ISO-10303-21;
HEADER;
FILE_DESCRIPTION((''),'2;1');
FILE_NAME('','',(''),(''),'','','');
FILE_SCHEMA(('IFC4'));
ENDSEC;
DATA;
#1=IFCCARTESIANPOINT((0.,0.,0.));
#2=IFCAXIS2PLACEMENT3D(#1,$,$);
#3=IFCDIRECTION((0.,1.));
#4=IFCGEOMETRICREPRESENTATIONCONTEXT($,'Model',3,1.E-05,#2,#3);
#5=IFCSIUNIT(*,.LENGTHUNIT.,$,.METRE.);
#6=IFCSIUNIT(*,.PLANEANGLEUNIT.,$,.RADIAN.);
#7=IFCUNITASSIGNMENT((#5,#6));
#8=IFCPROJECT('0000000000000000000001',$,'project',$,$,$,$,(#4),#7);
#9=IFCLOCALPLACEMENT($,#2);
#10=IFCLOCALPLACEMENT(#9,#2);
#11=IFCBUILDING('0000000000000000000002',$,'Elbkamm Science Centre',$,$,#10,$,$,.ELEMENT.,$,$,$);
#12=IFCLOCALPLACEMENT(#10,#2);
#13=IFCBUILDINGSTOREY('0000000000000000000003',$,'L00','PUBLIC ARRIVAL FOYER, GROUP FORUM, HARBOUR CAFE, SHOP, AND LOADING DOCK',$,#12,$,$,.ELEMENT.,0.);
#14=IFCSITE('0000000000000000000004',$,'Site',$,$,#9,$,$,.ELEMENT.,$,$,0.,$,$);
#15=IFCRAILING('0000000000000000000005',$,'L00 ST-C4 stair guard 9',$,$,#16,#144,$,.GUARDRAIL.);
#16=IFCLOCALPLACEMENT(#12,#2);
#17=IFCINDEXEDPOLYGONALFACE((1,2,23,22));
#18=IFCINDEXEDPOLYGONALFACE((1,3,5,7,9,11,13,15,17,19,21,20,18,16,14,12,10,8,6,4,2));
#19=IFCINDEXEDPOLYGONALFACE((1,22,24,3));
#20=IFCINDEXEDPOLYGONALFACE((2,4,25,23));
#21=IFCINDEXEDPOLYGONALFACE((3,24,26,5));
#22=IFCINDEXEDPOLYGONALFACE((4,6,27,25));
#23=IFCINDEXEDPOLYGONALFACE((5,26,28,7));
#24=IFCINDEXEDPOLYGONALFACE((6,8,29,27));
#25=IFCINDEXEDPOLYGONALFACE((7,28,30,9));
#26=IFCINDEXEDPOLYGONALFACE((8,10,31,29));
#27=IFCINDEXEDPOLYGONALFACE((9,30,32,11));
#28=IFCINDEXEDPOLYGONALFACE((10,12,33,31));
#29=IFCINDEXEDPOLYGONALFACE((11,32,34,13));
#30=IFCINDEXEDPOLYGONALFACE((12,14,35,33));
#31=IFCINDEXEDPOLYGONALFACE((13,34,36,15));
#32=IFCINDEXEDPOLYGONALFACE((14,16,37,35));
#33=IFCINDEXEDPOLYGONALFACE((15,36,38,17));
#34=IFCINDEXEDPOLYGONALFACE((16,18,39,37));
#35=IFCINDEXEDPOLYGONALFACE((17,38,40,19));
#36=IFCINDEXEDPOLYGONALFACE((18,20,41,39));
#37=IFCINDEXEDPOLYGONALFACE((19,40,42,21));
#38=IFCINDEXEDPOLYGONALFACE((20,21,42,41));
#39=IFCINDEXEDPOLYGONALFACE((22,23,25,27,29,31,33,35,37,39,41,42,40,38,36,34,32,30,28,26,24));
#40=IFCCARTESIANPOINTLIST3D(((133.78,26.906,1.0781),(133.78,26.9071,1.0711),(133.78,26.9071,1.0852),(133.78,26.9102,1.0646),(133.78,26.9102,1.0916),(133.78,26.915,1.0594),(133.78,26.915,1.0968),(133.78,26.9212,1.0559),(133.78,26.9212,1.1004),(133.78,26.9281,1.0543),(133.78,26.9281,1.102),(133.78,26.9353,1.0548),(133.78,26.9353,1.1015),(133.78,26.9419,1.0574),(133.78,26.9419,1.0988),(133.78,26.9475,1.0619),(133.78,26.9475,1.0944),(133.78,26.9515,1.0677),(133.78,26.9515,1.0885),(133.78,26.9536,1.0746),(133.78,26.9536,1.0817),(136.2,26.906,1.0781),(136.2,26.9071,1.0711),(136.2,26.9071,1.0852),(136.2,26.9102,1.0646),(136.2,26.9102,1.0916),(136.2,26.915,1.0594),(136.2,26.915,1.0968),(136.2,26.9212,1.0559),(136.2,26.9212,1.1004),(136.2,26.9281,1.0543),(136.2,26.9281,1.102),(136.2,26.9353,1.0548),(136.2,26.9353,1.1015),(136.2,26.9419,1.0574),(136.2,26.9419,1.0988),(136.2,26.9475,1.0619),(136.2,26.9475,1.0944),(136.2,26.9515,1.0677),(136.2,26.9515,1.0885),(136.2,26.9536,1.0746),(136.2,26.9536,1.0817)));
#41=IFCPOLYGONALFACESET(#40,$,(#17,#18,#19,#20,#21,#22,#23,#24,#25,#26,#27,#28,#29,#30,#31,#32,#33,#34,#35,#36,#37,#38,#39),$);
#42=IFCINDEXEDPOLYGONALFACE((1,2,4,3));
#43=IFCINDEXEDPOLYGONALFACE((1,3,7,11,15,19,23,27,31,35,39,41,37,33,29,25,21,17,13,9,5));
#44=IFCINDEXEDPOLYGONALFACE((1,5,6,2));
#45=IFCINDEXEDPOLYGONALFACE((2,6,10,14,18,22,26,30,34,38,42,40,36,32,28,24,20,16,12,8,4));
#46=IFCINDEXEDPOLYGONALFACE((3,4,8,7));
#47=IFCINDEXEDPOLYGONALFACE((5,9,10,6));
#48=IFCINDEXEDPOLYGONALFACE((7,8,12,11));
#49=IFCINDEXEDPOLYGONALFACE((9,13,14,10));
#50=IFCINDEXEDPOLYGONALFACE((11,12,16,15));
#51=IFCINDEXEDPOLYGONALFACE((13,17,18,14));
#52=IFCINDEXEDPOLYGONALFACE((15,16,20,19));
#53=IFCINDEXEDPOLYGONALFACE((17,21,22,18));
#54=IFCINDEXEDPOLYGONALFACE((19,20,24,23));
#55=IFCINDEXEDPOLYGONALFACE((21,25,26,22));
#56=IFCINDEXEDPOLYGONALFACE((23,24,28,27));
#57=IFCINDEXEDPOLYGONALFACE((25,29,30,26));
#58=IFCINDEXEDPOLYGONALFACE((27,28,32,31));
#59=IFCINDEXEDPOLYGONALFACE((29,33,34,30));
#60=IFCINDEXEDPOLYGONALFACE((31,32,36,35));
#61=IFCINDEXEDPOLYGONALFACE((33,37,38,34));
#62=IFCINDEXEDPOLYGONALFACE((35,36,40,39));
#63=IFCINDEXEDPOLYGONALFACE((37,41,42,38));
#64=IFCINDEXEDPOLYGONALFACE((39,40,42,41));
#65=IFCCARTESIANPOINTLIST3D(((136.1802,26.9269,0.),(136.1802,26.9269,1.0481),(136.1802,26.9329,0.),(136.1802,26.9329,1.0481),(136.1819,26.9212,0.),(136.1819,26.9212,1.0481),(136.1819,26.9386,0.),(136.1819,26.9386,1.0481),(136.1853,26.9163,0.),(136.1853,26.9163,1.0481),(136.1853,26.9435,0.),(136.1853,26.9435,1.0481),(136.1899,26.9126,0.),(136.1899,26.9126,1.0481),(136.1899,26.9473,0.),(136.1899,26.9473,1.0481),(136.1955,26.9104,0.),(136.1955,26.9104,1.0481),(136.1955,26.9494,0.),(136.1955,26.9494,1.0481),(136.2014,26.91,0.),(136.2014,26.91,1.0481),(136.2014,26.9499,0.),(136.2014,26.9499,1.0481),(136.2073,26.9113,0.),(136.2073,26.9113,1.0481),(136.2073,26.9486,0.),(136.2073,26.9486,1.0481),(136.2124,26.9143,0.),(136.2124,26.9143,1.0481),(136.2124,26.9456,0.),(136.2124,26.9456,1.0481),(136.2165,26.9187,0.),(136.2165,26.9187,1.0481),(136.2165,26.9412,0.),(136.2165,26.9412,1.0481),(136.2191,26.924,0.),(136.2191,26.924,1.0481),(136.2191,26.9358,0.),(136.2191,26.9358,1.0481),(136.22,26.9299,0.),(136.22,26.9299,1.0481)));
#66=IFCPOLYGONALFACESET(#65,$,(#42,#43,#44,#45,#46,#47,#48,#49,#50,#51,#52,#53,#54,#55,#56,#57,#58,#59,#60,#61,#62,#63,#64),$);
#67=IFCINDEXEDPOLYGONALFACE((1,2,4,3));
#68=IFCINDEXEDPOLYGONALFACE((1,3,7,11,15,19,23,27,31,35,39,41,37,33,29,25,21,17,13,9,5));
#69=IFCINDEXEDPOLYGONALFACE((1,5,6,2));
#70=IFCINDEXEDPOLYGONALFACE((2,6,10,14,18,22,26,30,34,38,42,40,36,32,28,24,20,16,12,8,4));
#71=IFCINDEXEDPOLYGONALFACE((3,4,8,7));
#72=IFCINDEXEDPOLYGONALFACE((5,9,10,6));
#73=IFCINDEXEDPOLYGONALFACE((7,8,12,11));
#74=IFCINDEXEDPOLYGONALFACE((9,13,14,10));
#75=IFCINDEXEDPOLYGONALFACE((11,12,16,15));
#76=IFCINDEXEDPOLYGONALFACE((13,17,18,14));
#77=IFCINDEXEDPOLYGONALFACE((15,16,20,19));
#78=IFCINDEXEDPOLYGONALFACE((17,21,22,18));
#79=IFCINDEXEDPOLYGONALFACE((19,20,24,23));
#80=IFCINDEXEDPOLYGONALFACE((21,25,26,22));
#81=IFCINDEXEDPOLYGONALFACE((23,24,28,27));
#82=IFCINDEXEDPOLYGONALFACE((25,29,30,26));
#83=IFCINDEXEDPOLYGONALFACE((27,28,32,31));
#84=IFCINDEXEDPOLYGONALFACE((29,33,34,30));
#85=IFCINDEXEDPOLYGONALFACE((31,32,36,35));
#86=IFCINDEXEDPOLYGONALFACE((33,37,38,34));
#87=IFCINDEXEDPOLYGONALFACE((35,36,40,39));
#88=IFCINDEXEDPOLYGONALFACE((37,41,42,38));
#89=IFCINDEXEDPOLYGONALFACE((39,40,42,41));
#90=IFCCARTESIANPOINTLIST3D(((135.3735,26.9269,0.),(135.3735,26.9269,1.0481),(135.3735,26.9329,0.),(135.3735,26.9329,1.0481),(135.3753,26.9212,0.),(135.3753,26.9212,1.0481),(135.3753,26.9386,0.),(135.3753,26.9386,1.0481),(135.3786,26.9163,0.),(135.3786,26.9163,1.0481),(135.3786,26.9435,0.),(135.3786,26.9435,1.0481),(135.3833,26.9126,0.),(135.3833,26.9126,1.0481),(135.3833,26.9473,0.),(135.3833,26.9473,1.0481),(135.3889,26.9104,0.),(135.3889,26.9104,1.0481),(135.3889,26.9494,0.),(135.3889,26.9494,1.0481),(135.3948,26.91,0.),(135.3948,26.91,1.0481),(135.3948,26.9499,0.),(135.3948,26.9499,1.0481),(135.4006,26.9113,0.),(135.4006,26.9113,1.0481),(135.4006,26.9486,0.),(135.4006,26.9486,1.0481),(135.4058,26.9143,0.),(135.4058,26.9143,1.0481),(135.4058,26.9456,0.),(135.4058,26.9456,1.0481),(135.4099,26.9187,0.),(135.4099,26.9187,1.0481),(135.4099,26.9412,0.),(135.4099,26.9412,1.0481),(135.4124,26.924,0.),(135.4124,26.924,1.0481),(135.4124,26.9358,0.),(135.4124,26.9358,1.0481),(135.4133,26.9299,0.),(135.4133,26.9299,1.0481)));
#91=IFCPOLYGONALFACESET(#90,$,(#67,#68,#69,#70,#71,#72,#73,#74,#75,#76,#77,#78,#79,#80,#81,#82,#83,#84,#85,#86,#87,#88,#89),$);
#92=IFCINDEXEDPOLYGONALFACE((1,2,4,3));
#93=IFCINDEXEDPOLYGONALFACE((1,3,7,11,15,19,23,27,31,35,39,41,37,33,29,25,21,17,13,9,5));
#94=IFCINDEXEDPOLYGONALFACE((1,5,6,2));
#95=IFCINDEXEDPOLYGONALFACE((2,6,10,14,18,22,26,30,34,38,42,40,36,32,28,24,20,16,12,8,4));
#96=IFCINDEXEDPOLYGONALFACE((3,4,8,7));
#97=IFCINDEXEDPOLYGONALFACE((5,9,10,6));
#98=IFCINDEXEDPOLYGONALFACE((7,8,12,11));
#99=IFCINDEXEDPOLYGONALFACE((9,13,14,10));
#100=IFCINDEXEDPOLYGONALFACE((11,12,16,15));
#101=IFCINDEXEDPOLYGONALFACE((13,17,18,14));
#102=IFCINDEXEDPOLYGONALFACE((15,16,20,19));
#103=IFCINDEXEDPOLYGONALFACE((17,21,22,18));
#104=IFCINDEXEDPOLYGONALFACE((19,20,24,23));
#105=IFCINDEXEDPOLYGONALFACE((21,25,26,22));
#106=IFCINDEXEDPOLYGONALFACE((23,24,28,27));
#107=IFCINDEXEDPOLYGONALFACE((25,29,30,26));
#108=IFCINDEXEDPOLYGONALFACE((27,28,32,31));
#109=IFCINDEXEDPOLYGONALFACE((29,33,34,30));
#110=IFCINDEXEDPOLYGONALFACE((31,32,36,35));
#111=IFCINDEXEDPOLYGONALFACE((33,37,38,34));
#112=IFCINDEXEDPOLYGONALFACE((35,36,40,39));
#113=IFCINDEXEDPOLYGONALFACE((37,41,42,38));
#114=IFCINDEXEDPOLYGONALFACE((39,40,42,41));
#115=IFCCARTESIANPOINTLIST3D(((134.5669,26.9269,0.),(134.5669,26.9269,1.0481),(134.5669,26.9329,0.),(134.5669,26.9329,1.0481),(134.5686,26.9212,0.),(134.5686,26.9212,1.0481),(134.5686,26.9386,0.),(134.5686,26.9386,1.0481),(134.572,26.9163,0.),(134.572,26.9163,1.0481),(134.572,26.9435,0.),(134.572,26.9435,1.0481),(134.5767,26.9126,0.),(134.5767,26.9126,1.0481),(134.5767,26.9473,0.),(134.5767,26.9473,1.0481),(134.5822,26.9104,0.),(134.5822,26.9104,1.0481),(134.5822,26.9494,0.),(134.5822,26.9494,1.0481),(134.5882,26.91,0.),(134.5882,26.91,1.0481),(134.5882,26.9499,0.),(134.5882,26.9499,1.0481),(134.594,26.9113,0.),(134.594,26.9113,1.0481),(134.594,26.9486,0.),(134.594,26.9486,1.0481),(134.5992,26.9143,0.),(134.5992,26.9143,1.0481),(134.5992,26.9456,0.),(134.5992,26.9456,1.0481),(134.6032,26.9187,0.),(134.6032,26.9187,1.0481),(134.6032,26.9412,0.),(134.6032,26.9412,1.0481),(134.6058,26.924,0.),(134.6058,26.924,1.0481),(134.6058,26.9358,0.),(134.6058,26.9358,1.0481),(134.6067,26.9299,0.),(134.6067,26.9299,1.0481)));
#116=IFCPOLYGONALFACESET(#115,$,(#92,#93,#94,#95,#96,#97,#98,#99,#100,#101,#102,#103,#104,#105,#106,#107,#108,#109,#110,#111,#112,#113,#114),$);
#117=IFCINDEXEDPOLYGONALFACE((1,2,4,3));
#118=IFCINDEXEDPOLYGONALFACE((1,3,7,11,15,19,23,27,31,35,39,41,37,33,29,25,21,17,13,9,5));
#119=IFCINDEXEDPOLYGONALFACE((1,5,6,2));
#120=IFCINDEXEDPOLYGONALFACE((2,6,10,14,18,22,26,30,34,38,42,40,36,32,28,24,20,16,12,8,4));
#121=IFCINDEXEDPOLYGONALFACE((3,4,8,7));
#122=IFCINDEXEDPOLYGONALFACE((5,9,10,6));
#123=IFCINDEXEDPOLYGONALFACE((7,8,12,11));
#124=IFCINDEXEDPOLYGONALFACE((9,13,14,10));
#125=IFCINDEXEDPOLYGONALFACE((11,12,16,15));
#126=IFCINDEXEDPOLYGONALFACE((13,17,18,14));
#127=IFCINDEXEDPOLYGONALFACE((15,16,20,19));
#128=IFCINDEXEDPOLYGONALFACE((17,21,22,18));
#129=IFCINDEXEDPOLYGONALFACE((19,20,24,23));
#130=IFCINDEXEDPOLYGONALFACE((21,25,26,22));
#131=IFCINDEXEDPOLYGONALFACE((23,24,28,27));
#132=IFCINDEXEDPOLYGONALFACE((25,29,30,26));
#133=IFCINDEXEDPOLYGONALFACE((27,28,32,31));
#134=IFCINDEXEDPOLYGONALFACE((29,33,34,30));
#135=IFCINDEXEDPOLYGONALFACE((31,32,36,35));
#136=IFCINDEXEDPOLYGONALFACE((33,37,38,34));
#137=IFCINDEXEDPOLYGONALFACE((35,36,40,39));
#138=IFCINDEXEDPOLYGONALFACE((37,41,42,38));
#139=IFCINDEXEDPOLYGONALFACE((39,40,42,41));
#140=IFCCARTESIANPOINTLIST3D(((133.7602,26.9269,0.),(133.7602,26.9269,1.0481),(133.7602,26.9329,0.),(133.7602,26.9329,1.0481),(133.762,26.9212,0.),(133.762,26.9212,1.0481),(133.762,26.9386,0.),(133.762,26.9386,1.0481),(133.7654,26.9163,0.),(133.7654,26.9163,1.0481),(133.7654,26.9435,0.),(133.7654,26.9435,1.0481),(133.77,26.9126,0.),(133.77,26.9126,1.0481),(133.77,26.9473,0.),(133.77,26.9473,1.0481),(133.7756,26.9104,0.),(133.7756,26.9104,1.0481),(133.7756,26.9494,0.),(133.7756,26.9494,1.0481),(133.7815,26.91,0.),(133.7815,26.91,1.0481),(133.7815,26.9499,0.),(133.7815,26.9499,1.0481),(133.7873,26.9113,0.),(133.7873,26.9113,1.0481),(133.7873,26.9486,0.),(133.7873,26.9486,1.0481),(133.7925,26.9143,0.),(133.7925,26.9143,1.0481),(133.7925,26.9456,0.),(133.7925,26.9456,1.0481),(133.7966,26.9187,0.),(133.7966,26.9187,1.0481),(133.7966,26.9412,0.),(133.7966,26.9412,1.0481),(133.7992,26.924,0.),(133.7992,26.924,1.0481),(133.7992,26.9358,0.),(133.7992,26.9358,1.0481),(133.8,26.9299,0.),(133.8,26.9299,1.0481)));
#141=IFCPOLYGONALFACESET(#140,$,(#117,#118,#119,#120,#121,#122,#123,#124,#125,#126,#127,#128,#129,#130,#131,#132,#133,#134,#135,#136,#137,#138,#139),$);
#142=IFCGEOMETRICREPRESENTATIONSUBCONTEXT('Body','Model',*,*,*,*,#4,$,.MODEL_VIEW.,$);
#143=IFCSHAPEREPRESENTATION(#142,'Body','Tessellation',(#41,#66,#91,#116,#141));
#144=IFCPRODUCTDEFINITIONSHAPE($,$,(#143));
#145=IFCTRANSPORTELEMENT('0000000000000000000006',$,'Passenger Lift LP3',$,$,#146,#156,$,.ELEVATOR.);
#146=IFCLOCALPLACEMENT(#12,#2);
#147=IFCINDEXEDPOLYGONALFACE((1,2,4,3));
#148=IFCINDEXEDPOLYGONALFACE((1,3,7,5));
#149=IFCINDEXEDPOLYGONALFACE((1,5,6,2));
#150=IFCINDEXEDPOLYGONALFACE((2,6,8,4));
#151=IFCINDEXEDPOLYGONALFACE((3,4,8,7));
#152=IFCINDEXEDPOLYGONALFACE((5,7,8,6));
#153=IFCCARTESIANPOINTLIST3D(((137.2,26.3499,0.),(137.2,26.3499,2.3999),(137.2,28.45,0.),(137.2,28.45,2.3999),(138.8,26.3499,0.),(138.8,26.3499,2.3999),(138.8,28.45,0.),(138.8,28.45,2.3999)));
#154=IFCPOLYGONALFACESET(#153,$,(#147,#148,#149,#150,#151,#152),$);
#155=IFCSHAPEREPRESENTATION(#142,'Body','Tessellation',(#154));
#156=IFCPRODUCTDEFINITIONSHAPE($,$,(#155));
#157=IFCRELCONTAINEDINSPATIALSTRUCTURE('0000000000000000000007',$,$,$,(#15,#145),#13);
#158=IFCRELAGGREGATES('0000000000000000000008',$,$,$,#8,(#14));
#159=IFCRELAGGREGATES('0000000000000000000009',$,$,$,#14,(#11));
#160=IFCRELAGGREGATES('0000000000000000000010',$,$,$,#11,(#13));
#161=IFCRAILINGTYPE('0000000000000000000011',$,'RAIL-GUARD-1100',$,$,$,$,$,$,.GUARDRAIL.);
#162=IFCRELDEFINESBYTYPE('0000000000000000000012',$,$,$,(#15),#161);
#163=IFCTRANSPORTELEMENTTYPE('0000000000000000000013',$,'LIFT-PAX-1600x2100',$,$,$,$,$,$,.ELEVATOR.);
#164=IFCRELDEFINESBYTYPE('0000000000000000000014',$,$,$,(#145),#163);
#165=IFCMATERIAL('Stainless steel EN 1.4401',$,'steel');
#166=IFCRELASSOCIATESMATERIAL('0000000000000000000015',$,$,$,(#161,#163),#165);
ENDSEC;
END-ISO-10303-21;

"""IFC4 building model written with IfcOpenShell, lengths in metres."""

from ifc_helpers import new_model, si_unit, direction, frame, origin, origin_2d, place, context, subcontext, project, spatial, rectangle, circle, extrude, material, type_object, element, save


model = new_model("IFC4")

# Units and contexts
model_context = context("Model", 3, precision=1e-05, world=origin(), true_north=direction((0.0, 1.0)))
body_context = subcontext(model_context, "Body", "Model", "MODEL_VIEW")
ifc_project = project(units=[si_unit("LENGTHUNIT", "METRE"), si_unit("PLANEANGLEUNIT", "RADIAN")], contexts=[model_context])

# Site, building, storey
site_placement = place(None, origin())
site = spatial("IfcSite", under=ifc_project, at=site_placement, Name="Site", CompositionType="ELEMENT", RefElevation=0.0)
building_placement = place(site_placement, origin())
building = spatial("IfcBuilding", under=site, at=building_placement, Name="Elbkamm Science Centre", CompositionType="ELEMENT")
storey_placement = place(building_placement, origin())
storey = spatial("IfcBuildingStorey", under=building, at=storey_placement, Name="L00", Description="PUBLIC ARRIVAL FOYER, GROUP FORUM, HARBOUR CAFE, SHOP, AND LOADING DOCK", CompositionType="ELEMENT", Elevation=0.0)

# Railing
ifc_material_1 = material(Name="Stainless steel EN 1.4401", Category="steel")
railing_type = type_object("IfcRailingType", Name="RAIL-GUARD-1100", PredefinedType="GUARDRAIL", material=ifc_material_1)
for number, where, name in (
    (1, (136.2, 26.9299, 0.0), "L00 ST-C4 stair guard 9"),
):
    element("IfcRailing", number, at=place(storey_placement, frame(where)), inside=storey, type_object=railing_type, Name=name, PredefinedType="GUARDRAIL", context=body_context, shape_type="SweptSolid", body=[
        extrude(circle(Radius=0.0239, at=origin_2d()), frame((0.0, 0.0, 1.0781), z_axis=(-1.0, 0.0, 0.0), x_axis=(0.0, -1.0, 0.0)), (0.0, 0.0, 1.0), 2.4199),
        extrude(circle(Radius=0.02, at=origin_2d()), origin(), (0.0, 0.0, 1.0), 1.0481),
        extrude(circle(Radius=0.02, at=origin_2d()), frame((-0.8066, 0.0, 0.0)), (0.0, 0.0, 1.0), 1.0481),
        extrude(circle(Radius=0.02, at=origin_2d()), frame((-1.6133, 0.0, 0.0)), (0.0, 0.0, 1.0), 1.0481),
        extrude(circle(Radius=0.02, at=origin_2d()), frame((-2.4199, 0.0, 0.0)), (0.0, 0.0, 1.0), 1.0481),
    ])

# Transport element
transport_element_type = type_object("IfcTransportElementType", Name="LIFT-PAX-1600x2100", PredefinedType="ELEVATOR", material=ifc_material_1)
transport_element_placement = place(storey_placement, frame((138.0, 27.3999, 0.0), z_axis=(0.0, 0.0, 1.0), x_axis=(1.0, 0.0, 0.0)))
element("IfcTransportElement", 2, at=transport_element_placement, inside=storey, type_object=transport_element_type, Name="Passenger Lift LP3", PredefinedType="ELEVATOR", context=body_context, shape_type="SweptSolid", body=[
    extrude(rectangle(XDim=1.6001, YDim=2.1001, at=origin_2d()), origin(), (0.0, 0.0, 1.0), 2.3999),
])

save(model, "model.ifc")
